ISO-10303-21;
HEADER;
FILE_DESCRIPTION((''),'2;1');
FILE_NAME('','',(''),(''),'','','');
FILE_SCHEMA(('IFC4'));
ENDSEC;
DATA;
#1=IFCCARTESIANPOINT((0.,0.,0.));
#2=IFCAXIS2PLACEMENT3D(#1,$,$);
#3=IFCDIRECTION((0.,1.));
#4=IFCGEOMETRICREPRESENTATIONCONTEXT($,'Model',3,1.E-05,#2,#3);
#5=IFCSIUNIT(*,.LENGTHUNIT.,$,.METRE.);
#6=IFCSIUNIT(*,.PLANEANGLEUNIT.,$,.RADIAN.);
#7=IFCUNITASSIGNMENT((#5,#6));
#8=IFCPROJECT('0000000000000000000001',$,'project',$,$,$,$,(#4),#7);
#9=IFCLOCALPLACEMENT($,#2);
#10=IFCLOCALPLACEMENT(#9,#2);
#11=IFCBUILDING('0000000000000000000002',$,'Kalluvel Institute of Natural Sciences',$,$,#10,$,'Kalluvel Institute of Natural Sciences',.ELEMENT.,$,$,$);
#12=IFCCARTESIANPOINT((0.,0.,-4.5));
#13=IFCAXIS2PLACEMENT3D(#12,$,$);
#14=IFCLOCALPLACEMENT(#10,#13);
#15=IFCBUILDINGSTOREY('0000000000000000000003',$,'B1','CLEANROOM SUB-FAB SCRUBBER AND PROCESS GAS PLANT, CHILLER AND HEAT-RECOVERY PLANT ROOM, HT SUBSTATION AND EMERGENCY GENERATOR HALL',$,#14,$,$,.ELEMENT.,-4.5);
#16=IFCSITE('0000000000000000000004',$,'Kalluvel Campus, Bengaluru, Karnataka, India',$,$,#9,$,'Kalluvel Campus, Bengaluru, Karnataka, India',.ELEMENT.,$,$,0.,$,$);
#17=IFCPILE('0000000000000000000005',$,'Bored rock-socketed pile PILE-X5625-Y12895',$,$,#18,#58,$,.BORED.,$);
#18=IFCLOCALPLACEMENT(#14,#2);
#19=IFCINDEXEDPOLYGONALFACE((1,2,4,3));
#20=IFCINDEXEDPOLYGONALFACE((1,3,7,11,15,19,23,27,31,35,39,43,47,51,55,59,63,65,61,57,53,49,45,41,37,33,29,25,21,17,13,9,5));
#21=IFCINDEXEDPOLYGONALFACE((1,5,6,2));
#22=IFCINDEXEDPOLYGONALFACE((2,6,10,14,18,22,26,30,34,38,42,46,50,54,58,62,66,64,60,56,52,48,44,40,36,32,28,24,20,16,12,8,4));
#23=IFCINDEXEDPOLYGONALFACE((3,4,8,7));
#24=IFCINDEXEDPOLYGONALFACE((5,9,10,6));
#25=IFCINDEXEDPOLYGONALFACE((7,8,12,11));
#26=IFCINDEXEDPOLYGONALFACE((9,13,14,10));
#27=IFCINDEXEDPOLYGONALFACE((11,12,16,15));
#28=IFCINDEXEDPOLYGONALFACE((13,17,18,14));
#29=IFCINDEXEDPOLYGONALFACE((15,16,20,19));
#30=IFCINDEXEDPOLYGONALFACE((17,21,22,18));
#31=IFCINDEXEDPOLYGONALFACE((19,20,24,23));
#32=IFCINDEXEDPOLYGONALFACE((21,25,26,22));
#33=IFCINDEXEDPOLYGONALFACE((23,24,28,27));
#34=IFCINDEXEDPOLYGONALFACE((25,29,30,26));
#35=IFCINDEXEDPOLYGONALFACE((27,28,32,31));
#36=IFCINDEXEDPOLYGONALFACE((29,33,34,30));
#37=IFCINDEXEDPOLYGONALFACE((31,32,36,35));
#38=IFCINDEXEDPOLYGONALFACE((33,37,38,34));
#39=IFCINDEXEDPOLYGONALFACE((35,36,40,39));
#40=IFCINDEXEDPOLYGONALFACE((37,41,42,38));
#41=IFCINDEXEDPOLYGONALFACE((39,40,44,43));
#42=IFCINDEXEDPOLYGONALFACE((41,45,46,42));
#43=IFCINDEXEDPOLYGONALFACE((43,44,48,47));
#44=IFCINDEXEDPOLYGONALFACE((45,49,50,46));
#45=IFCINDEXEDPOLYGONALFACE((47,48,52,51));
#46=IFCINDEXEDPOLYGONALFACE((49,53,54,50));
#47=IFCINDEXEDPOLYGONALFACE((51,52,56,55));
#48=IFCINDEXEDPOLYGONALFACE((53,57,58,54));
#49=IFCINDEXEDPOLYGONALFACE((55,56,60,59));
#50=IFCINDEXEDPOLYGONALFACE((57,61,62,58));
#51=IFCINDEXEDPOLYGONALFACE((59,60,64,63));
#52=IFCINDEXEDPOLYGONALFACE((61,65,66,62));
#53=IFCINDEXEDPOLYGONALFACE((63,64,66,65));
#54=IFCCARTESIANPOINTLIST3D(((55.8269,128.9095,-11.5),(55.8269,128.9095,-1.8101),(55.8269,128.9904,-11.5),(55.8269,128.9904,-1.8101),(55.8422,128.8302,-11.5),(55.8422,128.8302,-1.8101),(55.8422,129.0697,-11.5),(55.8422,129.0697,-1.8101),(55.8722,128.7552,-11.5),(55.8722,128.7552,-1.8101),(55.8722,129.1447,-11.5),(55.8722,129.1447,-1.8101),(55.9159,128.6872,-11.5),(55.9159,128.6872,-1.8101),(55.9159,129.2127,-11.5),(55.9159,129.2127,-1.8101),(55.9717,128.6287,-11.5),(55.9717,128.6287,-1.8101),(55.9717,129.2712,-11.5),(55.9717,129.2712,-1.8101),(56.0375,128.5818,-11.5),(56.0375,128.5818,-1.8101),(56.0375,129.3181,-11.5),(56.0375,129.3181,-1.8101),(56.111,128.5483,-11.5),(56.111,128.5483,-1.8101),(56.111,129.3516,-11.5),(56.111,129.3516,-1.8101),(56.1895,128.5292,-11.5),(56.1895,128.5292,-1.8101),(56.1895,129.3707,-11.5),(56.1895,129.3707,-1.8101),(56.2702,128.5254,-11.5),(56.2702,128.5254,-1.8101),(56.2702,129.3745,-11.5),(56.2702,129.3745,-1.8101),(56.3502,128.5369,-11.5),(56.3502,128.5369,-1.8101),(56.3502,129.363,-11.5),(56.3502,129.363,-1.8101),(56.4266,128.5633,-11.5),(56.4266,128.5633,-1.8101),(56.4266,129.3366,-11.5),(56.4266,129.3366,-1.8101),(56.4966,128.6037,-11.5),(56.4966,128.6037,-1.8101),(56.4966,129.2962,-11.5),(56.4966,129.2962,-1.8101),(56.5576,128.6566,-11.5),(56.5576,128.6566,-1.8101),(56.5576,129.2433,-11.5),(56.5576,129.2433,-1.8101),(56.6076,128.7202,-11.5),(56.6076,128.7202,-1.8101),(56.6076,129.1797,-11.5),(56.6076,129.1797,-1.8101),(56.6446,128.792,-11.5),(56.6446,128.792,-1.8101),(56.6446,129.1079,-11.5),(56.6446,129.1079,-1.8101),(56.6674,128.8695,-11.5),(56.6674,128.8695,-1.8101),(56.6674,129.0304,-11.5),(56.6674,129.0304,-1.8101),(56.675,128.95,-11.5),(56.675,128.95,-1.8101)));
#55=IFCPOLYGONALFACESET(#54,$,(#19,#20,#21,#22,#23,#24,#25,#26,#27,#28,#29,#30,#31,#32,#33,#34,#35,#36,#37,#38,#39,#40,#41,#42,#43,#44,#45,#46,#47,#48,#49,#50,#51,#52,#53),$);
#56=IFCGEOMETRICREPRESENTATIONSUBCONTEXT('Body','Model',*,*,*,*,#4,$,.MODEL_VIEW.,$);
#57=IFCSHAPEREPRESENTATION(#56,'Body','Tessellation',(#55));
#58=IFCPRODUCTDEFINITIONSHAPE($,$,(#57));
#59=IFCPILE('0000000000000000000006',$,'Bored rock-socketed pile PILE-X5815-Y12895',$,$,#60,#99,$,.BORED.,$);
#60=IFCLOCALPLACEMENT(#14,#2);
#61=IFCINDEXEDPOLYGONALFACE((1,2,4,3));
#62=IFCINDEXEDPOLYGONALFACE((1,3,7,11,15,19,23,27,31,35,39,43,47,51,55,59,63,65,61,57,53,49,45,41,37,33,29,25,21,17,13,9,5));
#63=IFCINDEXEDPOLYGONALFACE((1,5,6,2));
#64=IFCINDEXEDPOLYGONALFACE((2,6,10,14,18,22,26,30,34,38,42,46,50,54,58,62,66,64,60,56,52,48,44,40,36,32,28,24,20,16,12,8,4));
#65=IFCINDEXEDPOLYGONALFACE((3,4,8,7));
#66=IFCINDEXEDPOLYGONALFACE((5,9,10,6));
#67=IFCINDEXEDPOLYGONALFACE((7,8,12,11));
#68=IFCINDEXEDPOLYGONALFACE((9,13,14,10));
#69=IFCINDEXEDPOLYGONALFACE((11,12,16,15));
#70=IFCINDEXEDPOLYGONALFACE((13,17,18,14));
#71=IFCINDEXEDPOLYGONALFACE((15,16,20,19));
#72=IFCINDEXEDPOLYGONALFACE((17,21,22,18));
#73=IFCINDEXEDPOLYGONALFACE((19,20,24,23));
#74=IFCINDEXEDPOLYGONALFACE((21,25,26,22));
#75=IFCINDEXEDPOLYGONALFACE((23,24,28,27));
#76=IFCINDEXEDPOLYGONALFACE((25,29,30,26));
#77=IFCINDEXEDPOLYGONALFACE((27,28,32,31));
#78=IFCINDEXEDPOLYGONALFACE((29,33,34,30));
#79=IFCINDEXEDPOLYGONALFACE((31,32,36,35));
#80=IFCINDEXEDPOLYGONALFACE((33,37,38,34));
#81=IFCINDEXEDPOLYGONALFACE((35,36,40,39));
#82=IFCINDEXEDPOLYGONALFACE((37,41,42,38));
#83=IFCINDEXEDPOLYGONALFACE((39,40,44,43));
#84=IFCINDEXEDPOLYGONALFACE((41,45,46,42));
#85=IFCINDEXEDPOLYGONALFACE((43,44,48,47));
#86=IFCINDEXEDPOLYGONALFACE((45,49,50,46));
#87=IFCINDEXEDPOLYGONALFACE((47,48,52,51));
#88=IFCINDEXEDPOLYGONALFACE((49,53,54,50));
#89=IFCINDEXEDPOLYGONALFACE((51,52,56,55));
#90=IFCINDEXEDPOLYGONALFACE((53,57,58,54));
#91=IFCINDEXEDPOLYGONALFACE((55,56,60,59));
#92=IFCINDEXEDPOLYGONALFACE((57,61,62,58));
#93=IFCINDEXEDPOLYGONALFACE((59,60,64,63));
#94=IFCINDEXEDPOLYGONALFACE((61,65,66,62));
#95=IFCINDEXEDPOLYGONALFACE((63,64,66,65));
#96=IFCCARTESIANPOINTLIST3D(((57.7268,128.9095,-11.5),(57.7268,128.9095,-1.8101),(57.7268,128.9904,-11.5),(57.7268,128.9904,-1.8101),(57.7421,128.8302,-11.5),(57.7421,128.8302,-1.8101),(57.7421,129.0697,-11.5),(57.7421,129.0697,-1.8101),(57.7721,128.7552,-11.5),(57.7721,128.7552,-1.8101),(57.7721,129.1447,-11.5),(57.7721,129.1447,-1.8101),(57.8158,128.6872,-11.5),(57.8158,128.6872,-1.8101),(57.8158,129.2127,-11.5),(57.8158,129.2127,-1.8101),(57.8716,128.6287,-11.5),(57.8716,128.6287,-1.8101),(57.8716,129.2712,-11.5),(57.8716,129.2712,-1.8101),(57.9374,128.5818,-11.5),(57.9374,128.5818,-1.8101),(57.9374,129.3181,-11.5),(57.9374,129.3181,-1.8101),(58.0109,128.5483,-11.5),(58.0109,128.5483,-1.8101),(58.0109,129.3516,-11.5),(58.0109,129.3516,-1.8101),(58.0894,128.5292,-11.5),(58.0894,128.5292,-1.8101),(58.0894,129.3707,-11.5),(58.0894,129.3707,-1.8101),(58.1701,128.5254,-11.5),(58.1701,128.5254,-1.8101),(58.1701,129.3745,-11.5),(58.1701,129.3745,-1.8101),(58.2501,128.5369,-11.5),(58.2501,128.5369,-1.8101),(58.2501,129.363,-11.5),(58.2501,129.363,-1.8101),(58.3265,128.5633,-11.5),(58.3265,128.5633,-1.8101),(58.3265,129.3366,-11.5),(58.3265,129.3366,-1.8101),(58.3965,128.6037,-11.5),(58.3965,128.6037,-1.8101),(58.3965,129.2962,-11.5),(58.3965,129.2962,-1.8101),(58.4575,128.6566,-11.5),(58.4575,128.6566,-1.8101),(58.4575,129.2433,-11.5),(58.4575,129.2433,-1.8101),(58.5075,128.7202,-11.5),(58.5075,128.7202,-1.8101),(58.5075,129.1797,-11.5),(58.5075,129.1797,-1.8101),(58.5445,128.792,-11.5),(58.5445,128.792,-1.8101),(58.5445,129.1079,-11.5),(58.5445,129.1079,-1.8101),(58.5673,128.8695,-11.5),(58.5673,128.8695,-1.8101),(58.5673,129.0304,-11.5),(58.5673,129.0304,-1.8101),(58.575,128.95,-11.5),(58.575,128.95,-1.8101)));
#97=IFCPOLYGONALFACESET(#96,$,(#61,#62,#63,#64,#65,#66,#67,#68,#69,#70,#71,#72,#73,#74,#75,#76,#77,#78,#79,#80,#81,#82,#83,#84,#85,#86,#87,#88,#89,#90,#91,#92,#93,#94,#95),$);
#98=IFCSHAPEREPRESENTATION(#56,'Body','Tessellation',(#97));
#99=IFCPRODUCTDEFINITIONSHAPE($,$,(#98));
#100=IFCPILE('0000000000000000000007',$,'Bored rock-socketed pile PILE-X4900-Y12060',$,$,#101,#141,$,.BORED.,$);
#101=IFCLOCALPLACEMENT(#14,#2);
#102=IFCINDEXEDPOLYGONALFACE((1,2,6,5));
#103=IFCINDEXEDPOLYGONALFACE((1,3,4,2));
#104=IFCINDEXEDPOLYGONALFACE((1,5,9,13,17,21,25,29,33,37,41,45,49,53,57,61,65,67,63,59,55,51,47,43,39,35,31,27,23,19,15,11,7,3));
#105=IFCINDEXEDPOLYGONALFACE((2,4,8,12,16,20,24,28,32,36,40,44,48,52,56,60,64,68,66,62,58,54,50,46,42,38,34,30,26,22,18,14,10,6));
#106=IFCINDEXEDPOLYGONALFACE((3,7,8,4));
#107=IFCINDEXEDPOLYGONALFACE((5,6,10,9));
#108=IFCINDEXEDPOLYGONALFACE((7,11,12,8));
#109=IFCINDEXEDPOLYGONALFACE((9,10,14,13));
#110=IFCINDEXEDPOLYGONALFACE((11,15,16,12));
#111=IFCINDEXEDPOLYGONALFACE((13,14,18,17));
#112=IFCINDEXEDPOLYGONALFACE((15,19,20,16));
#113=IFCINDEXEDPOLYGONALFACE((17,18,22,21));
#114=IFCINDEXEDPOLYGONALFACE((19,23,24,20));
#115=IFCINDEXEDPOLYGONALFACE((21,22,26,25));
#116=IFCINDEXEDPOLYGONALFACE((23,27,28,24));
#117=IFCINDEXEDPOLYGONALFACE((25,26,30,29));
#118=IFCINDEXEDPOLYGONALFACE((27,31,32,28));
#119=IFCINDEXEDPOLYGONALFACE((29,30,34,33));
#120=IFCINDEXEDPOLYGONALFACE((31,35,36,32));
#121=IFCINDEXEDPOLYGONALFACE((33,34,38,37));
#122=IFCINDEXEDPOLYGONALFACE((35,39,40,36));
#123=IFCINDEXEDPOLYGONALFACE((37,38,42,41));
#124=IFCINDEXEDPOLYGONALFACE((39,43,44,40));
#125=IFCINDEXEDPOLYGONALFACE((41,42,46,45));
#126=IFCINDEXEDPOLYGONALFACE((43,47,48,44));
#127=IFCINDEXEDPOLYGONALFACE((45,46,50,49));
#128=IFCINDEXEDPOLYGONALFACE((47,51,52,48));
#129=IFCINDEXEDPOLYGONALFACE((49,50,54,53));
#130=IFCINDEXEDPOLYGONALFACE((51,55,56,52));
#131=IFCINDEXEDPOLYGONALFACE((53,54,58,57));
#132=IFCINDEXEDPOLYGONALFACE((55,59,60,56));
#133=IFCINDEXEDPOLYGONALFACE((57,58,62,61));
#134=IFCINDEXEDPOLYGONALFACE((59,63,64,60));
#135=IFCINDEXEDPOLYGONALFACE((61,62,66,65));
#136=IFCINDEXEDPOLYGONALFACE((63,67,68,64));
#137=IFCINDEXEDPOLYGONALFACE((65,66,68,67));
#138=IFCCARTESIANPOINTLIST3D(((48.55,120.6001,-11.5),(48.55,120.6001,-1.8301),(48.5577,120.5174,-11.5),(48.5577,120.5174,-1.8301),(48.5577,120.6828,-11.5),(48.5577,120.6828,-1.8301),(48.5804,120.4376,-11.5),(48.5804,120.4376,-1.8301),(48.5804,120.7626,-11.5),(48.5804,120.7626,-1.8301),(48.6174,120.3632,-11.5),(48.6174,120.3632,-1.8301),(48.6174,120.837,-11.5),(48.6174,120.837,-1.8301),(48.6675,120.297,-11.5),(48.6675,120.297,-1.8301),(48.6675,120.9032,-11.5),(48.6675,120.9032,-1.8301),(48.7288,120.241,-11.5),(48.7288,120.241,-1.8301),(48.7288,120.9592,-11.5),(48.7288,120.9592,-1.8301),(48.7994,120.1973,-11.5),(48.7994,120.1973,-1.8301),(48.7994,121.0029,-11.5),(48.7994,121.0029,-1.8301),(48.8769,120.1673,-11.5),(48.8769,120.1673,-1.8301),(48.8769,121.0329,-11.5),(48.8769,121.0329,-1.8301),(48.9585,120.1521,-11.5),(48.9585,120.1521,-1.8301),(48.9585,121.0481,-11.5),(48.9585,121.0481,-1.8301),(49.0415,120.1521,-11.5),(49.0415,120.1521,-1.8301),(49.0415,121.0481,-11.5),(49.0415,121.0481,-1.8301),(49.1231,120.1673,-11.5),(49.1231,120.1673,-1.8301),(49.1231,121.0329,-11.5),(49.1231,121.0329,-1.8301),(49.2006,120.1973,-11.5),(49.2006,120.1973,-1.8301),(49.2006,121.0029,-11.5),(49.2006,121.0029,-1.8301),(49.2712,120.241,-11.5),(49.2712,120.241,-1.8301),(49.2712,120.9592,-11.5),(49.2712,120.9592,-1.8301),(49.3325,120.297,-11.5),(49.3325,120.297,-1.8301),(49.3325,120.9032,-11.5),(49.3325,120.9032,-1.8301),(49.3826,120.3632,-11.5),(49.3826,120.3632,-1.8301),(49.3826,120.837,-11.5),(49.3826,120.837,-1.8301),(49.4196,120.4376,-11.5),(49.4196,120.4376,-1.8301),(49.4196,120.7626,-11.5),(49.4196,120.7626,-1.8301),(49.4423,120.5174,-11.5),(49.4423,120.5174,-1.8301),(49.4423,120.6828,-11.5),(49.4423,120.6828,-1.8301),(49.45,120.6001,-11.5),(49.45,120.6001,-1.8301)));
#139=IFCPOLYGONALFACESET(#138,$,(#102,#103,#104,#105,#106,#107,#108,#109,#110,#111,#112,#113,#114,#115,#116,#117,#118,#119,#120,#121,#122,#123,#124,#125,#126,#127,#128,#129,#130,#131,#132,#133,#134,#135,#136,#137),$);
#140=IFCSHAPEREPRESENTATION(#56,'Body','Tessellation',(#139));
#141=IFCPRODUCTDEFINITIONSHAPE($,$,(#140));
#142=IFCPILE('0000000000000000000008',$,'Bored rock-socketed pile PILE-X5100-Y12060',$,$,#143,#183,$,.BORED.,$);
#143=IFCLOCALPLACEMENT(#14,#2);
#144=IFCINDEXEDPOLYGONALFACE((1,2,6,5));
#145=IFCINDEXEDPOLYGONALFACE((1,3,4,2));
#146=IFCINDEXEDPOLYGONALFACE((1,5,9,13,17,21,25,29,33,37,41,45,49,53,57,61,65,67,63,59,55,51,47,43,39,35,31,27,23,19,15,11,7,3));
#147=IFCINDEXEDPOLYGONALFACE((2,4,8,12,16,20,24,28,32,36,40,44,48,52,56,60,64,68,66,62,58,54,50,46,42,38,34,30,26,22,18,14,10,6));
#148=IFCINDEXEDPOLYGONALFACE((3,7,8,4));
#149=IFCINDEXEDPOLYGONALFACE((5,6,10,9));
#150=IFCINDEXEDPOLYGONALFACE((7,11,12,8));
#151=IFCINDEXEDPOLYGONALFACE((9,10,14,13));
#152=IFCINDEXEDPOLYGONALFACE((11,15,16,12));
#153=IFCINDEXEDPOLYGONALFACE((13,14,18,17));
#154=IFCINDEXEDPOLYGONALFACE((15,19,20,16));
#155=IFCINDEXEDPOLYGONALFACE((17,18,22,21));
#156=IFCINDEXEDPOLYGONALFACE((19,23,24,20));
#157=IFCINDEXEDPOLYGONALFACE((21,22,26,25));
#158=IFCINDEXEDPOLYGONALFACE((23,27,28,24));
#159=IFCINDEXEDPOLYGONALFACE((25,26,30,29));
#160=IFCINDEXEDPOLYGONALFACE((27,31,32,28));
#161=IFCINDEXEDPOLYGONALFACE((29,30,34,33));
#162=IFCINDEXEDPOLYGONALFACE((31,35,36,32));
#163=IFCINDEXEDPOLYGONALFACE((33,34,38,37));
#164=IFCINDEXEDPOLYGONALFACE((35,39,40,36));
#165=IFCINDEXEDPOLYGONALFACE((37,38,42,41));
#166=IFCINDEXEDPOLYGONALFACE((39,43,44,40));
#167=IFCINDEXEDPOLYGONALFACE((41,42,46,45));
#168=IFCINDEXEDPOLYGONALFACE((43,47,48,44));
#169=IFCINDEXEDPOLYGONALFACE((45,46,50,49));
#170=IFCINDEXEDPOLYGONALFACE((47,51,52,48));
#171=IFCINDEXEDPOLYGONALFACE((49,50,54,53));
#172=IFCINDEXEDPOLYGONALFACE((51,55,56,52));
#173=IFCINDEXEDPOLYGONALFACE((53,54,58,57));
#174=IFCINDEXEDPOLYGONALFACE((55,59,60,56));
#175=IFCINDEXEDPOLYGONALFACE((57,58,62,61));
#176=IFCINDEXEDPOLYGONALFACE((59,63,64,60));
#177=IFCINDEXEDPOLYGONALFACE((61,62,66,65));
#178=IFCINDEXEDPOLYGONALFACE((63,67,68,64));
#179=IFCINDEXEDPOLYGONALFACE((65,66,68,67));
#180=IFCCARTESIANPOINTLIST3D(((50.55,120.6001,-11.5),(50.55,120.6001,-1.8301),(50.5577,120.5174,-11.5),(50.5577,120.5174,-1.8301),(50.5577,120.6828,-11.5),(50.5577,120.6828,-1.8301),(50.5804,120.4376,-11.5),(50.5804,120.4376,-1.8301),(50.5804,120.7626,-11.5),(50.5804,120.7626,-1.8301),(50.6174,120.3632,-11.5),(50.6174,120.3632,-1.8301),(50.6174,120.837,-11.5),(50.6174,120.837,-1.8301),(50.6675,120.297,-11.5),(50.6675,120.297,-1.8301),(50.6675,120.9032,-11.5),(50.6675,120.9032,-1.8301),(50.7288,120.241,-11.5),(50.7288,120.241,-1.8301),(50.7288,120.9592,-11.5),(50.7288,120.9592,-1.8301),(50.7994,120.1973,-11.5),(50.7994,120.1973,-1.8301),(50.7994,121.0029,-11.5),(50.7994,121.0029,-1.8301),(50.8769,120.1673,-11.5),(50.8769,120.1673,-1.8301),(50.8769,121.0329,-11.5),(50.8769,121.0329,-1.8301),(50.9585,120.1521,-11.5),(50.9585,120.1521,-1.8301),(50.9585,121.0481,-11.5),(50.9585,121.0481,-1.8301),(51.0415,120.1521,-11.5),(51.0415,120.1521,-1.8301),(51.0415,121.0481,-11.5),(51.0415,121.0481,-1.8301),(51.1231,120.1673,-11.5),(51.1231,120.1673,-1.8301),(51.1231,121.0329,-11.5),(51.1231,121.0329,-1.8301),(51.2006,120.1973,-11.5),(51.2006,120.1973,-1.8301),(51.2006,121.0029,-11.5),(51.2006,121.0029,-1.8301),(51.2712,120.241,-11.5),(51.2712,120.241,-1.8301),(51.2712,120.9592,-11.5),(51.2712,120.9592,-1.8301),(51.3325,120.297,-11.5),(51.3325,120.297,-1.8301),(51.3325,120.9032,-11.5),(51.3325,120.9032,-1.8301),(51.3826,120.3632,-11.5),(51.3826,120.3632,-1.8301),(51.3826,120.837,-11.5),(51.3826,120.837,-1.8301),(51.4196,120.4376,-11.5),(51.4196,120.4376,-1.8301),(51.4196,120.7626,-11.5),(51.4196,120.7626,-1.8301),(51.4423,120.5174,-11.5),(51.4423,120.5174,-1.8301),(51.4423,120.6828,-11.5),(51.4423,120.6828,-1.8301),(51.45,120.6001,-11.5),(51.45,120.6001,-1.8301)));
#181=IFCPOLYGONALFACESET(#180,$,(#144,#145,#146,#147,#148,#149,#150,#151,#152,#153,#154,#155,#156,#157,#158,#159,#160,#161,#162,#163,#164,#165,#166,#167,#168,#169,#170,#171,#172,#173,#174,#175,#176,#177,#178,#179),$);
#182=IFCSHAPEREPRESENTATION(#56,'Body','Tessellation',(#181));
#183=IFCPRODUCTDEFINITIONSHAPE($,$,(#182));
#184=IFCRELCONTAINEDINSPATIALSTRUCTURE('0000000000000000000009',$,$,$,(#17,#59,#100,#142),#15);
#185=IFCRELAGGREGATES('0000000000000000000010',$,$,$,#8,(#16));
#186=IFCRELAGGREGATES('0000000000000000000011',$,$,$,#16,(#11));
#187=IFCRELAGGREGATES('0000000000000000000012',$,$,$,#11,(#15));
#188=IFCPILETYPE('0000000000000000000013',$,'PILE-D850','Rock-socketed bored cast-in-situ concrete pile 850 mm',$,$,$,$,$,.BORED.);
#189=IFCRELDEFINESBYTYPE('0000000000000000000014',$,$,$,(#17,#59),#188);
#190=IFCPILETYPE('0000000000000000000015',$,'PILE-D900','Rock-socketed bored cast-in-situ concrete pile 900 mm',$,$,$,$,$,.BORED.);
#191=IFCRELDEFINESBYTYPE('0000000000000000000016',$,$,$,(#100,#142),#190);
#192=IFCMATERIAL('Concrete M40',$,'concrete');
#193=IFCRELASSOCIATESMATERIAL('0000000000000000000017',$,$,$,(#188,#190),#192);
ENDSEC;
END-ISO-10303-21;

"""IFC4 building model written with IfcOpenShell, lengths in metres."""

from ifc_helpers import new_model, si_unit, direction, frame, origin, origin_2d, place, context, subcontext, project, spatial, circle, extrude, material, material_profile, profile_set, type_object, element, save


model = new_model("IFC4")

# Units and contexts
model_context = context("Model", 3, precision=1e-05, world=origin(), true_north=direction((0.0, 1.0)))
body_context = subcontext(model_context, "Body", "Model", "MODEL_VIEW")
ifc_project = project(units=[si_unit("LENGTHUNIT", "METRE"), si_unit("PLANEANGLEUNIT", "RADIAN")], contexts=[model_context])

# Site, building, storey
site_placement = place(None, origin())
site = spatial("IfcSite", under=ifc_project, at=site_placement, Name="Kalluvel Campus, Bengaluru, Karnataka, India", LongName="Kalluvel Campus, Bengaluru, Karnataka, India", CompositionType="ELEMENT", RefElevation=0.0)
building_placement = place(site_placement, origin())
building = spatial("IfcBuilding", under=site, at=building_placement, Name="Kalluvel Institute of Natural Sciences", LongName="Kalluvel Institute of Natural Sciences", CompositionType="ELEMENT")
storey_placement = place(building_placement, frame((0.0, 0.0, -4.5)))
storey = spatial("IfcBuildingStorey", under=building, at=storey_placement, Name="B1", Description="CLEANROOM SUB-FAB SCRUBBER AND PROCESS GAS PLANT, CHILLER AND HEAT-RECOVERY PLANT ROOM, HT SUBSTATION AND EMERGENCY GENERATOR HALL", CompositionType="ELEMENT", Elevation=-4.5)

# Shared definitions
ifc_material_1 = material(Name="Concrete M40", Category="concrete")

# Piles
ifc_material_profile_1 = material_profile(ifc_material_1, circle(Radius=0.425, at=origin_2d()), Name="PILE D850")
ifc_profile_set_1 = profile_set([ifc_material_profile_1], Name="Concrete M40")
pile_type_1 = type_object("IfcPileType", Name="PILE-D850", Description="Rock-socketed bored cast-in-situ concrete pile 850 mm", PredefinedType="BORED", material=ifc_profile_set_1)
for number, where, z_axis, x_axis, name in (
    (1, (56.25, 128.95, -1.8101), (0.0, 0.0, -1.0), (1.0, 0.0, 0.0), "Bored rock-socketed pile PILE-X5625-Y12895"),
    (2, (58.1499, 128.95, -1.8101), (0.0, 0.0, -1.0), (1.0, 0.0, 0.0), "Bored rock-socketed pile PILE-X5815-Y12895"),
):
    element("IfcPile", number, at=place(storey_placement, frame(where, z_axis=z_axis, x_axis=x_axis)), inside=storey, type_object=pile_type_1, Name=name, PredefinedType="BORED", context=body_context, shape_type="SweptSolid", body=[
        extrude(circle(Radius=0.425, at=origin_2d()), origin(), (0.0, 0.0, 1.0), 9.6899),
    ])
ifc_material_profile_2 = material_profile(ifc_material_1, circle(Radius=0.45, at=origin_2d()), Name="PILE D900")
ifc_profile_set_2 = profile_set([ifc_material_profile_2], Name="Concrete M40")
pile_type_2 = type_object("IfcPileType", Name="PILE-D900", Description="Rock-socketed bored cast-in-situ concrete pile 900 mm", PredefinedType="BORED", material=ifc_profile_set_2)
for number, where, z_axis, x_axis, name in (
    (3, (49.0, 120.6001, -1.8301), (0.0, 0.0, -1.0), (1.0, 0.0, 0.0), "Bored rock-socketed pile PILE-X4900-Y12060"),
    (4, (51.0, 120.6001, -1.8301), (0.0, 0.0, -1.0), (1.0, 0.0, 0.0), "Bored rock-socketed pile PILE-X5100-Y12060"),
):
    element("IfcPile", number, at=place(storey_placement, frame(where, z_axis=z_axis, x_axis=x_axis)), inside=storey, type_object=pile_type_2, Name=name, PredefinedType="BORED", context=body_context, shape_type="SweptSolid", body=[
        extrude(circle(Radius=0.45, at=origin_2d()), origin(), (0.0, 0.0, 1.0), 9.6699),
    ])

save(model, "model.ifc")
